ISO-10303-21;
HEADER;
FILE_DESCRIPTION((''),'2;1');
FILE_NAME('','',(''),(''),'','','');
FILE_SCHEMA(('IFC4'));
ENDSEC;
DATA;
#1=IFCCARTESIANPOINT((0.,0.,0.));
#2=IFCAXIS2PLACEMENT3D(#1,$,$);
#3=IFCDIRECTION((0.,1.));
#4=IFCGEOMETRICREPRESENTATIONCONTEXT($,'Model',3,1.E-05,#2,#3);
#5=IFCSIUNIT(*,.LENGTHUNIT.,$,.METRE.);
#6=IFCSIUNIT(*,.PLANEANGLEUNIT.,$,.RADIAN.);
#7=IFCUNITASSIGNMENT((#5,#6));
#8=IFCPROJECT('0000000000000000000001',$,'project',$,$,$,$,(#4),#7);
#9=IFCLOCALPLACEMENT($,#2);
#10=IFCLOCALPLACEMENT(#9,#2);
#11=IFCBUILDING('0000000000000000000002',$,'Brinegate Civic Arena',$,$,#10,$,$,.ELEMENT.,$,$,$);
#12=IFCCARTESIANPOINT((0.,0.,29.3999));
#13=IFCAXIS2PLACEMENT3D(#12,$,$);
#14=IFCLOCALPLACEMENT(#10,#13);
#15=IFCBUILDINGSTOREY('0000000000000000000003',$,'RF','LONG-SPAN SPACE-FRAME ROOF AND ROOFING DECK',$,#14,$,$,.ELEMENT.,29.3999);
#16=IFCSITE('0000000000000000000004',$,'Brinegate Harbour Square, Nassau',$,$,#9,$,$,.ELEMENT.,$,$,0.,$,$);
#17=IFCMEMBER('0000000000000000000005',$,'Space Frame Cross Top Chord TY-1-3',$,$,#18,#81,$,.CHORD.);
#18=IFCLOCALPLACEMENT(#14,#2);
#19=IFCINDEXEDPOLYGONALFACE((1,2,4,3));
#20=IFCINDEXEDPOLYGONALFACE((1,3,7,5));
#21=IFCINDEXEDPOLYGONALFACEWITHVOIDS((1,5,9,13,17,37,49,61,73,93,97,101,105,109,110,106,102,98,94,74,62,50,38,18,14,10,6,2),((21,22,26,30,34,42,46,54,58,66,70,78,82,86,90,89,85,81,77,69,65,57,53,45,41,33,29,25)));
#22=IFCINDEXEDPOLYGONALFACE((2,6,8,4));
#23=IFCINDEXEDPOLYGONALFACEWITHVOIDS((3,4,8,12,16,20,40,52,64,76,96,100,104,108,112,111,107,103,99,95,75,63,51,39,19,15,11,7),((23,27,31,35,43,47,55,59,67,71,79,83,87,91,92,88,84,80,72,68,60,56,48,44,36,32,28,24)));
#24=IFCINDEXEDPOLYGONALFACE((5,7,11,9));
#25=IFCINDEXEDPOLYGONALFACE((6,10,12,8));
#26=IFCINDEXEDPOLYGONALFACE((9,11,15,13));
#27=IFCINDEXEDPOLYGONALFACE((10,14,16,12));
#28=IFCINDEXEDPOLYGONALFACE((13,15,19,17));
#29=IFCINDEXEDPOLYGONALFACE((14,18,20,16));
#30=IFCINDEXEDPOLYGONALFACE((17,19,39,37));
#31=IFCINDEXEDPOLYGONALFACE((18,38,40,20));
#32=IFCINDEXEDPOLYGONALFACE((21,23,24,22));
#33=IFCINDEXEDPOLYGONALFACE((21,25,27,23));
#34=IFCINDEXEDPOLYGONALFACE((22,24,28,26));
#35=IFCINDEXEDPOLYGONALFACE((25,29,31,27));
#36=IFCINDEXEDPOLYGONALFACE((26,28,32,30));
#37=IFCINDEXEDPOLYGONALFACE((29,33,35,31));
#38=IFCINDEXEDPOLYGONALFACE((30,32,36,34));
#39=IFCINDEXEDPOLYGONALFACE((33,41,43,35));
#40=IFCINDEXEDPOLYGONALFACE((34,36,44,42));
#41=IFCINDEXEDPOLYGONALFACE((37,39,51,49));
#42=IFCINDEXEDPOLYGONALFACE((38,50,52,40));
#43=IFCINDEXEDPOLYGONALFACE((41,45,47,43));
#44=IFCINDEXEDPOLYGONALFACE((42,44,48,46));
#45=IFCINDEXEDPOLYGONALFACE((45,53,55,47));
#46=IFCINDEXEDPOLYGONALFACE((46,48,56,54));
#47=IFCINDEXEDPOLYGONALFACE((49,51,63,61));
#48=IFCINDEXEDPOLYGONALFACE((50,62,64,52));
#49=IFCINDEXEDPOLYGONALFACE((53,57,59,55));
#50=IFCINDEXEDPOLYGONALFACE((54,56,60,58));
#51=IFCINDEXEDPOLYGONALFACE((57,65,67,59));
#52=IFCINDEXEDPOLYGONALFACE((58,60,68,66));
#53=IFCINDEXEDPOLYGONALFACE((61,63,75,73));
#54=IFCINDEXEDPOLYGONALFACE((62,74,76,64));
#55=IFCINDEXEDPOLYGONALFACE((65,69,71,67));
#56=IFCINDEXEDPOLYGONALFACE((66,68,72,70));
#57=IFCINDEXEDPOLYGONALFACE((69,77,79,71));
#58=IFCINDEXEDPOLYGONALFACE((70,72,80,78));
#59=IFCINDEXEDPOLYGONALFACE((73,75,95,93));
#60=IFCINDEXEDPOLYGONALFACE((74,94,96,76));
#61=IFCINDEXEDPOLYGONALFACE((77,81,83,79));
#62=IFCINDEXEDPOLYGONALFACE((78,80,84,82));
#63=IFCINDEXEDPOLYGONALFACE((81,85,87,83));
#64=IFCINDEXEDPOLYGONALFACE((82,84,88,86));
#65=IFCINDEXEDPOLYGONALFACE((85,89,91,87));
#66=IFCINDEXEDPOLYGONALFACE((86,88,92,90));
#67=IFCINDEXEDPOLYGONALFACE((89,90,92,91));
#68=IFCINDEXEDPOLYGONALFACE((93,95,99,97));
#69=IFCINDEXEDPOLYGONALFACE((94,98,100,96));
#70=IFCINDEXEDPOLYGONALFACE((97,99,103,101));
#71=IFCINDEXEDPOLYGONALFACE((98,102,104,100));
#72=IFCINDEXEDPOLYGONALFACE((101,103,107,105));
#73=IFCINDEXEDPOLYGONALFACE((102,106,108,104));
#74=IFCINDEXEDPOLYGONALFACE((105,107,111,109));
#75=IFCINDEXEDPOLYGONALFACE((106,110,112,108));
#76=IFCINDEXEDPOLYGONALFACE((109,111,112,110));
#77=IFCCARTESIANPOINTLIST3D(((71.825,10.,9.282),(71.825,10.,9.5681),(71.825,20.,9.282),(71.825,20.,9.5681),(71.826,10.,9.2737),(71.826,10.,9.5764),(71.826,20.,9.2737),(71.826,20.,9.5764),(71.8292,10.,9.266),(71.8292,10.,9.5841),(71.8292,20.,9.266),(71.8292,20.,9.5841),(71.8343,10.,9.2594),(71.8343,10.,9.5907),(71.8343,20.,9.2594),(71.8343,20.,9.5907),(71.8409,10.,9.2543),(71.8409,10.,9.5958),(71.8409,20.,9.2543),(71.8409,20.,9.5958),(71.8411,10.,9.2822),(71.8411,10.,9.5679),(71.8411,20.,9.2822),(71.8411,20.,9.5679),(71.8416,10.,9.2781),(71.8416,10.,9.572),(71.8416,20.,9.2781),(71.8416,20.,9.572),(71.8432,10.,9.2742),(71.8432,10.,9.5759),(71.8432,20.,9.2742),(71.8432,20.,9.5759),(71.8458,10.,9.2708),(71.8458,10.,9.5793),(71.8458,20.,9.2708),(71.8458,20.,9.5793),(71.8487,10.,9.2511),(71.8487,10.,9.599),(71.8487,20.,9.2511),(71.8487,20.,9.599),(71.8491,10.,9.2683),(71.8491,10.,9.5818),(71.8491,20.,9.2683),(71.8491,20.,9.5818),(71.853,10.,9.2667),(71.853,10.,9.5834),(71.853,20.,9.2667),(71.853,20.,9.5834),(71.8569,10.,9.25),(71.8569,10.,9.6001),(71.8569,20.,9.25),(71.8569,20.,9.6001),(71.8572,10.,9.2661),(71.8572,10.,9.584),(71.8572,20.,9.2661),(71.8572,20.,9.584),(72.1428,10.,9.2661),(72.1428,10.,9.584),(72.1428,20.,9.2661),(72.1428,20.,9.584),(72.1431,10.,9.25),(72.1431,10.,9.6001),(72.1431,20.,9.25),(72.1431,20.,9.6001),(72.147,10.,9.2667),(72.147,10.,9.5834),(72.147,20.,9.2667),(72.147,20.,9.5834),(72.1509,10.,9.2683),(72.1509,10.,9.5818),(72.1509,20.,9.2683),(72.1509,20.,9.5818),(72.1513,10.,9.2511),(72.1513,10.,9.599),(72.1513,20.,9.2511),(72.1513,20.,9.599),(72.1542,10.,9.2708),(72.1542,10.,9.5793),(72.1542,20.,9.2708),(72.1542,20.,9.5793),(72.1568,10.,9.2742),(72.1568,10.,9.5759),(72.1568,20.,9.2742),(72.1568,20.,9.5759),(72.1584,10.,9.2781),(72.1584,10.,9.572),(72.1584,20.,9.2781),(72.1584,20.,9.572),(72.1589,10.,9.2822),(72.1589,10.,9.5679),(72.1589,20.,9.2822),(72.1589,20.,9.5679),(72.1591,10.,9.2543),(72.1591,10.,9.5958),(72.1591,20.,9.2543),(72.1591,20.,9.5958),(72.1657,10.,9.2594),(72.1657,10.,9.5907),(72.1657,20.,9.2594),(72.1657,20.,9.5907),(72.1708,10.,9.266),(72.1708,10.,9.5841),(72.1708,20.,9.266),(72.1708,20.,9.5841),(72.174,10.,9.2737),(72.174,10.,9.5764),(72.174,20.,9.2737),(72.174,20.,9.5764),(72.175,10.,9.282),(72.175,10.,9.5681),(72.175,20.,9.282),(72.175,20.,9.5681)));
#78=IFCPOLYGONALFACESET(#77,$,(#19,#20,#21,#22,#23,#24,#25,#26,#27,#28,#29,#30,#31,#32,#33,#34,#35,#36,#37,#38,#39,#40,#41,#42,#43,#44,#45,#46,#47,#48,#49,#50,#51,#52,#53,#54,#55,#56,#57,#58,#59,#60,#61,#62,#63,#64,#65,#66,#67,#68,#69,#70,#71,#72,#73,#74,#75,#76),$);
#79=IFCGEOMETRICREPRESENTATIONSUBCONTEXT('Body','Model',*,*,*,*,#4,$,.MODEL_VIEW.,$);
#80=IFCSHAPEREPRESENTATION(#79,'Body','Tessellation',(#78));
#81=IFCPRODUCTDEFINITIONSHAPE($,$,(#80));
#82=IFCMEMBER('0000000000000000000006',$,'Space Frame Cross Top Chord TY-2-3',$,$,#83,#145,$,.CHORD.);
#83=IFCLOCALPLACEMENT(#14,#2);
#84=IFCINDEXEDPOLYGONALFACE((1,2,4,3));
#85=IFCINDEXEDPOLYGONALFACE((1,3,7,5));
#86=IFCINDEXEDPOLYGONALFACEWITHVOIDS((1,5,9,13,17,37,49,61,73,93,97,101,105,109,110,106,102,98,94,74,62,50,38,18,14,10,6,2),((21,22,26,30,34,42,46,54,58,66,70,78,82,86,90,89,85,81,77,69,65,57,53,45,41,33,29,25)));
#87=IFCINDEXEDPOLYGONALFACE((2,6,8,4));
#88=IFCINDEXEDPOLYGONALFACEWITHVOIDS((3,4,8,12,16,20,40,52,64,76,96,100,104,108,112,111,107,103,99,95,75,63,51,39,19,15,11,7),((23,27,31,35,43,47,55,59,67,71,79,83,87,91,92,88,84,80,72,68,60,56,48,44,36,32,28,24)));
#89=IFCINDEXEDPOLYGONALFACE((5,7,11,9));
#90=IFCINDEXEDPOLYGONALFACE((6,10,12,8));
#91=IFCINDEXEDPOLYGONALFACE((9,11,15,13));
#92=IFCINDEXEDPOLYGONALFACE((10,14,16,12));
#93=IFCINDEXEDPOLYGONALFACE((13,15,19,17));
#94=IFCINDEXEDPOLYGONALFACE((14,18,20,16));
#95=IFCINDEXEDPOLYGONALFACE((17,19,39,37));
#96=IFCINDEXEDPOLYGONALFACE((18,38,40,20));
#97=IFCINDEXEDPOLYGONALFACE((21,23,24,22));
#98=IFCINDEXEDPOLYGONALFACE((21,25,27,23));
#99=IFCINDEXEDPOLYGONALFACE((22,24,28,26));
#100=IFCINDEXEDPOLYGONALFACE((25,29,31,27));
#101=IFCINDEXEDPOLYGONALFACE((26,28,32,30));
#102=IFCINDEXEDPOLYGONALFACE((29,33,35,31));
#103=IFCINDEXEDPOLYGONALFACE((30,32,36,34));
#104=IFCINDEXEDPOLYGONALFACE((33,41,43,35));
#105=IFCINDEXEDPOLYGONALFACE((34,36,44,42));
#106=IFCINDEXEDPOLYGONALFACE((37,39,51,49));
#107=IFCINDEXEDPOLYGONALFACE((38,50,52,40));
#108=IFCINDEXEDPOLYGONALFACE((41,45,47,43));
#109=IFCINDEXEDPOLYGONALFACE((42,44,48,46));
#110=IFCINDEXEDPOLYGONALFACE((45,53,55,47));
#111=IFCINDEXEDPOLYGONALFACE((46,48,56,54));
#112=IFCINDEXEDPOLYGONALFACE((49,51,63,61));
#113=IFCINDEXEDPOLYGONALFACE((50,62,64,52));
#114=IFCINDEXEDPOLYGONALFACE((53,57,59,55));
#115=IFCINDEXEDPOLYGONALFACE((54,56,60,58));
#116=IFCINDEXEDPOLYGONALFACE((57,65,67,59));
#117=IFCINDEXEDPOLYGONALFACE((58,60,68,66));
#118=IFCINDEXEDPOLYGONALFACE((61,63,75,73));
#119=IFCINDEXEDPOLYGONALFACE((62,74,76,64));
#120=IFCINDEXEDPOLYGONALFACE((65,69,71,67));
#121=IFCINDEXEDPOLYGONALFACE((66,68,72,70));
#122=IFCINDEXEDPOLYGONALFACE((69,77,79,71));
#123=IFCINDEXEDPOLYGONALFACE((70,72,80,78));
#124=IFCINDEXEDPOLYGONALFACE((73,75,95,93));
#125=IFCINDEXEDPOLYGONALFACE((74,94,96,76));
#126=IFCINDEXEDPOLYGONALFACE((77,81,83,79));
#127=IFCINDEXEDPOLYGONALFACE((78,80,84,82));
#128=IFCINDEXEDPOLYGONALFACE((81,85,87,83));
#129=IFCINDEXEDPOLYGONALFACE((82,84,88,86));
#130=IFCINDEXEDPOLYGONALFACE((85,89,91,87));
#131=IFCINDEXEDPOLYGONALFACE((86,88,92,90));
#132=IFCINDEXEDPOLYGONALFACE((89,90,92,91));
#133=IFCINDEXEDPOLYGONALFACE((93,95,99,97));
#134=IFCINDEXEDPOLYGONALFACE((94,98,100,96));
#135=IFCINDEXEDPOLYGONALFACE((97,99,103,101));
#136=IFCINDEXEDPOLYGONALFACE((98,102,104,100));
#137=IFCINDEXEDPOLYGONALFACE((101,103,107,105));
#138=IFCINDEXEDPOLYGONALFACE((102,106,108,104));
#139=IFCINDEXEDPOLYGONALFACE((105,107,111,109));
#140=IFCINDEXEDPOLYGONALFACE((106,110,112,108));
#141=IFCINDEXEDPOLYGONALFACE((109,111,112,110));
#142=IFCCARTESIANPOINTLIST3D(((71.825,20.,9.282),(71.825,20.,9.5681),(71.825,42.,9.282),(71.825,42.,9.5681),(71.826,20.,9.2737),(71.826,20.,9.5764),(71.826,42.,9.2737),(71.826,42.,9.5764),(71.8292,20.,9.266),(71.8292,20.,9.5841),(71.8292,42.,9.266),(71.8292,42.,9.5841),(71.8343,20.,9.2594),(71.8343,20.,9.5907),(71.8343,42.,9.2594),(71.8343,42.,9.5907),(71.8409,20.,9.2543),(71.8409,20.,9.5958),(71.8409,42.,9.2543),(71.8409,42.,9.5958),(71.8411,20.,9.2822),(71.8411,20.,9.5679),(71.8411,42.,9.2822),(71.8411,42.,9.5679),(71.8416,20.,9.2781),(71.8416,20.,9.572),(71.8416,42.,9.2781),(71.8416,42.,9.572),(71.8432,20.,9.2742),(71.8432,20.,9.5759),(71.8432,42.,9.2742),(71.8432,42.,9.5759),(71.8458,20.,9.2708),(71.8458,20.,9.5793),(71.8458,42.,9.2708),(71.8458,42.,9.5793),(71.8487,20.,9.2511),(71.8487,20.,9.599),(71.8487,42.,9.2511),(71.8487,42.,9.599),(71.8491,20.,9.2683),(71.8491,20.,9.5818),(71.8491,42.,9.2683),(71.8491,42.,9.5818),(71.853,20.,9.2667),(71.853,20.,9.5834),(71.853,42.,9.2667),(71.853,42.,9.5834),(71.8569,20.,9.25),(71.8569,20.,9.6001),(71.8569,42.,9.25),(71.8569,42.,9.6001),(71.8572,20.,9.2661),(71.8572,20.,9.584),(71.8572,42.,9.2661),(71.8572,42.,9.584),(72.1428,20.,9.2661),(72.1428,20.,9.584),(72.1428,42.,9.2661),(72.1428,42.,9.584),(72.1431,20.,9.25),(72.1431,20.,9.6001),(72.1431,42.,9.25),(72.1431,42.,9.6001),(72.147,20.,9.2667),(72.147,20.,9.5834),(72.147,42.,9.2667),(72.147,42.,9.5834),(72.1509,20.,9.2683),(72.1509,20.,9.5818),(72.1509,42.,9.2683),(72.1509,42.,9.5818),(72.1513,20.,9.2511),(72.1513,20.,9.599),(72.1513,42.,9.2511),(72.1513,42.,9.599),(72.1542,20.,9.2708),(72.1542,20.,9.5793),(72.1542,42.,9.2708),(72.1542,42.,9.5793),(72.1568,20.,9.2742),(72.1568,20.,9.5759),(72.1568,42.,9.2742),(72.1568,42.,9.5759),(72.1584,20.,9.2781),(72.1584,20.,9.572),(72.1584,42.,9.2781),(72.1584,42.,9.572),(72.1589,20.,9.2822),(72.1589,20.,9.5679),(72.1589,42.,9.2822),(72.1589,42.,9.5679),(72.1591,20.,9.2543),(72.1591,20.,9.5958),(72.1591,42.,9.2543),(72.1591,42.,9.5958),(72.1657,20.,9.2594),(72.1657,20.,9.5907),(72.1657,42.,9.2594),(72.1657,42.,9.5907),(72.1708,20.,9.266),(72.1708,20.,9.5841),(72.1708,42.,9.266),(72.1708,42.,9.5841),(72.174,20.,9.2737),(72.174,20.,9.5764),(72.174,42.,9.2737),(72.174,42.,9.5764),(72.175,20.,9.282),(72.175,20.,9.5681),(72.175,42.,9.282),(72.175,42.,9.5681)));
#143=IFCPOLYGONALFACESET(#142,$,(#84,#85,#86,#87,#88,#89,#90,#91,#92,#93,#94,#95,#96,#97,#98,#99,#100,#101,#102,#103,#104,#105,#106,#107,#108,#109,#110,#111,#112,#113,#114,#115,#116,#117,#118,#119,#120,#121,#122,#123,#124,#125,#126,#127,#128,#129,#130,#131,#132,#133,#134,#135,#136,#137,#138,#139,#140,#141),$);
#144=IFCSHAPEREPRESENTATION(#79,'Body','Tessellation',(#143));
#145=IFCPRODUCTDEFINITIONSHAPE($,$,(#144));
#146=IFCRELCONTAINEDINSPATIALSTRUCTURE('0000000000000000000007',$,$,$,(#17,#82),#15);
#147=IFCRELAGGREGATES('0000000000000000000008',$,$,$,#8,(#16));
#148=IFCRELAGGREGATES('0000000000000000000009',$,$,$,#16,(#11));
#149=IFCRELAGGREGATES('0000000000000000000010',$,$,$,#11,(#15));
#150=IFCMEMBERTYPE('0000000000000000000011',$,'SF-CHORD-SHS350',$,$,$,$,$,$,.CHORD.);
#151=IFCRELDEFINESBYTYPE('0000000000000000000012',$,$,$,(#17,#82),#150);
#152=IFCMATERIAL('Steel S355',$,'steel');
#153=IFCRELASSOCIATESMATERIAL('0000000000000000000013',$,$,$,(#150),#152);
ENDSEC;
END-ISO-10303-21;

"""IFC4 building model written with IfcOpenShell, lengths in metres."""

from ifc_helpers import new_model, si_unit, direction, frame, origin, origin_2d, place, context, subcontext, project, spatial, hollow_rectangle, extrude, material, material_profile, profile_set, type_object, element, save


model = new_model("IFC4")

# Units and contexts
model_context = context("Model", 3, precision=1e-05, world=origin(), true_north=direction((0.0, 1.0)))
body_context = subcontext(model_context, "Body", "Model", "MODEL_VIEW")
ifc_project = project(units=[si_unit("LENGTHUNIT", "METRE"), si_unit("PLANEANGLEUNIT", "RADIAN")], contexts=[model_context])

# Site, building, storey
site_placement = place(None, origin())
site = spatial("IfcSite", under=ifc_project, at=site_placement, Name="Brinegate Harbour Square, Nassau", CompositionType="ELEMENT", RefElevation=0.0)
building_placement = place(site_placement, origin())
building = spatial("IfcBuilding", under=site, at=building_placement, Name="Brinegate Civic Arena", CompositionType="ELEMENT")
storey_placement = place(building_placement, frame((0.0, 0.0, 29.3999)))
storey = spatial("IfcBuildingStorey", under=building, at=storey_placement, Name="RF", Description="LONG-SPAN SPACE-FRAME ROOF AND ROOFING DECK", CompositionType="ELEMENT", Elevation=29.3999)

# Shared definitions
ifc_material_1 = material(Name="Steel S355", Category="steel")

# Members
ifc_material_profile_1 = material_profile(ifc_material_1, hollow_rectangle(XDim=0.3501, YDim=0.3501, WallThickness=0.0161, InnerFilletRadius=0.0161, OuterFilletRadius=0.032, at=origin_2d()), Name="SHS350X16")
ifc_profile_set_1 = profile_set([ifc_material_profile_1], Name="Steel S355")
member_type_1 = type_object("IfcMemberType", Name="SF-CHORD-SHS350", PredefinedType="CHORD", material=ifc_profile_set_1)
member_1_placement = place(storey_placement, frame((72.0, 10.0, 9.425), z_axis=(0.0, 1.0, 0.0), x_axis=(-1.0, 0.0, 0.0)))
element("IfcMember", 1, at=member_1_placement, inside=storey, type_object=member_type_1, Name="Space Frame Cross Top Chord TY-1-3", PredefinedType="CHORD", context=body_context, shape_type="SweptSolid", body=[
    extrude(hollow_rectangle(XDim=0.3501, YDim=0.3501, WallThickness=0.0161, InnerFilletRadius=0.0161, OuterFilletRadius=0.032, at=origin_2d()), origin(), (0.0, 0.0, 1.0), 10.0),
])
member_2_placement = place(storey_placement, frame((72.0, 20.0, 9.425), z_axis=(0.0, 1.0, 0.0), x_axis=(-1.0, 0.0, 0.0)))
element("IfcMember", 2, at=member_2_placement, inside=storey, type_object=member_type_1, Name="Space Frame Cross Top Chord TY-2-3", PredefinedType="CHORD", context=body_context, shape_type="SweptSolid", body=[
    extrude(hollow_rectangle(XDim=0.3501, YDim=0.3501, WallThickness=0.0161, InnerFilletRadius=0.0161, OuterFilletRadius=0.032, at=origin_2d()), origin(), (0.0, 0.0, 1.0), 22.0),
])

save(model, "model.ifc")
